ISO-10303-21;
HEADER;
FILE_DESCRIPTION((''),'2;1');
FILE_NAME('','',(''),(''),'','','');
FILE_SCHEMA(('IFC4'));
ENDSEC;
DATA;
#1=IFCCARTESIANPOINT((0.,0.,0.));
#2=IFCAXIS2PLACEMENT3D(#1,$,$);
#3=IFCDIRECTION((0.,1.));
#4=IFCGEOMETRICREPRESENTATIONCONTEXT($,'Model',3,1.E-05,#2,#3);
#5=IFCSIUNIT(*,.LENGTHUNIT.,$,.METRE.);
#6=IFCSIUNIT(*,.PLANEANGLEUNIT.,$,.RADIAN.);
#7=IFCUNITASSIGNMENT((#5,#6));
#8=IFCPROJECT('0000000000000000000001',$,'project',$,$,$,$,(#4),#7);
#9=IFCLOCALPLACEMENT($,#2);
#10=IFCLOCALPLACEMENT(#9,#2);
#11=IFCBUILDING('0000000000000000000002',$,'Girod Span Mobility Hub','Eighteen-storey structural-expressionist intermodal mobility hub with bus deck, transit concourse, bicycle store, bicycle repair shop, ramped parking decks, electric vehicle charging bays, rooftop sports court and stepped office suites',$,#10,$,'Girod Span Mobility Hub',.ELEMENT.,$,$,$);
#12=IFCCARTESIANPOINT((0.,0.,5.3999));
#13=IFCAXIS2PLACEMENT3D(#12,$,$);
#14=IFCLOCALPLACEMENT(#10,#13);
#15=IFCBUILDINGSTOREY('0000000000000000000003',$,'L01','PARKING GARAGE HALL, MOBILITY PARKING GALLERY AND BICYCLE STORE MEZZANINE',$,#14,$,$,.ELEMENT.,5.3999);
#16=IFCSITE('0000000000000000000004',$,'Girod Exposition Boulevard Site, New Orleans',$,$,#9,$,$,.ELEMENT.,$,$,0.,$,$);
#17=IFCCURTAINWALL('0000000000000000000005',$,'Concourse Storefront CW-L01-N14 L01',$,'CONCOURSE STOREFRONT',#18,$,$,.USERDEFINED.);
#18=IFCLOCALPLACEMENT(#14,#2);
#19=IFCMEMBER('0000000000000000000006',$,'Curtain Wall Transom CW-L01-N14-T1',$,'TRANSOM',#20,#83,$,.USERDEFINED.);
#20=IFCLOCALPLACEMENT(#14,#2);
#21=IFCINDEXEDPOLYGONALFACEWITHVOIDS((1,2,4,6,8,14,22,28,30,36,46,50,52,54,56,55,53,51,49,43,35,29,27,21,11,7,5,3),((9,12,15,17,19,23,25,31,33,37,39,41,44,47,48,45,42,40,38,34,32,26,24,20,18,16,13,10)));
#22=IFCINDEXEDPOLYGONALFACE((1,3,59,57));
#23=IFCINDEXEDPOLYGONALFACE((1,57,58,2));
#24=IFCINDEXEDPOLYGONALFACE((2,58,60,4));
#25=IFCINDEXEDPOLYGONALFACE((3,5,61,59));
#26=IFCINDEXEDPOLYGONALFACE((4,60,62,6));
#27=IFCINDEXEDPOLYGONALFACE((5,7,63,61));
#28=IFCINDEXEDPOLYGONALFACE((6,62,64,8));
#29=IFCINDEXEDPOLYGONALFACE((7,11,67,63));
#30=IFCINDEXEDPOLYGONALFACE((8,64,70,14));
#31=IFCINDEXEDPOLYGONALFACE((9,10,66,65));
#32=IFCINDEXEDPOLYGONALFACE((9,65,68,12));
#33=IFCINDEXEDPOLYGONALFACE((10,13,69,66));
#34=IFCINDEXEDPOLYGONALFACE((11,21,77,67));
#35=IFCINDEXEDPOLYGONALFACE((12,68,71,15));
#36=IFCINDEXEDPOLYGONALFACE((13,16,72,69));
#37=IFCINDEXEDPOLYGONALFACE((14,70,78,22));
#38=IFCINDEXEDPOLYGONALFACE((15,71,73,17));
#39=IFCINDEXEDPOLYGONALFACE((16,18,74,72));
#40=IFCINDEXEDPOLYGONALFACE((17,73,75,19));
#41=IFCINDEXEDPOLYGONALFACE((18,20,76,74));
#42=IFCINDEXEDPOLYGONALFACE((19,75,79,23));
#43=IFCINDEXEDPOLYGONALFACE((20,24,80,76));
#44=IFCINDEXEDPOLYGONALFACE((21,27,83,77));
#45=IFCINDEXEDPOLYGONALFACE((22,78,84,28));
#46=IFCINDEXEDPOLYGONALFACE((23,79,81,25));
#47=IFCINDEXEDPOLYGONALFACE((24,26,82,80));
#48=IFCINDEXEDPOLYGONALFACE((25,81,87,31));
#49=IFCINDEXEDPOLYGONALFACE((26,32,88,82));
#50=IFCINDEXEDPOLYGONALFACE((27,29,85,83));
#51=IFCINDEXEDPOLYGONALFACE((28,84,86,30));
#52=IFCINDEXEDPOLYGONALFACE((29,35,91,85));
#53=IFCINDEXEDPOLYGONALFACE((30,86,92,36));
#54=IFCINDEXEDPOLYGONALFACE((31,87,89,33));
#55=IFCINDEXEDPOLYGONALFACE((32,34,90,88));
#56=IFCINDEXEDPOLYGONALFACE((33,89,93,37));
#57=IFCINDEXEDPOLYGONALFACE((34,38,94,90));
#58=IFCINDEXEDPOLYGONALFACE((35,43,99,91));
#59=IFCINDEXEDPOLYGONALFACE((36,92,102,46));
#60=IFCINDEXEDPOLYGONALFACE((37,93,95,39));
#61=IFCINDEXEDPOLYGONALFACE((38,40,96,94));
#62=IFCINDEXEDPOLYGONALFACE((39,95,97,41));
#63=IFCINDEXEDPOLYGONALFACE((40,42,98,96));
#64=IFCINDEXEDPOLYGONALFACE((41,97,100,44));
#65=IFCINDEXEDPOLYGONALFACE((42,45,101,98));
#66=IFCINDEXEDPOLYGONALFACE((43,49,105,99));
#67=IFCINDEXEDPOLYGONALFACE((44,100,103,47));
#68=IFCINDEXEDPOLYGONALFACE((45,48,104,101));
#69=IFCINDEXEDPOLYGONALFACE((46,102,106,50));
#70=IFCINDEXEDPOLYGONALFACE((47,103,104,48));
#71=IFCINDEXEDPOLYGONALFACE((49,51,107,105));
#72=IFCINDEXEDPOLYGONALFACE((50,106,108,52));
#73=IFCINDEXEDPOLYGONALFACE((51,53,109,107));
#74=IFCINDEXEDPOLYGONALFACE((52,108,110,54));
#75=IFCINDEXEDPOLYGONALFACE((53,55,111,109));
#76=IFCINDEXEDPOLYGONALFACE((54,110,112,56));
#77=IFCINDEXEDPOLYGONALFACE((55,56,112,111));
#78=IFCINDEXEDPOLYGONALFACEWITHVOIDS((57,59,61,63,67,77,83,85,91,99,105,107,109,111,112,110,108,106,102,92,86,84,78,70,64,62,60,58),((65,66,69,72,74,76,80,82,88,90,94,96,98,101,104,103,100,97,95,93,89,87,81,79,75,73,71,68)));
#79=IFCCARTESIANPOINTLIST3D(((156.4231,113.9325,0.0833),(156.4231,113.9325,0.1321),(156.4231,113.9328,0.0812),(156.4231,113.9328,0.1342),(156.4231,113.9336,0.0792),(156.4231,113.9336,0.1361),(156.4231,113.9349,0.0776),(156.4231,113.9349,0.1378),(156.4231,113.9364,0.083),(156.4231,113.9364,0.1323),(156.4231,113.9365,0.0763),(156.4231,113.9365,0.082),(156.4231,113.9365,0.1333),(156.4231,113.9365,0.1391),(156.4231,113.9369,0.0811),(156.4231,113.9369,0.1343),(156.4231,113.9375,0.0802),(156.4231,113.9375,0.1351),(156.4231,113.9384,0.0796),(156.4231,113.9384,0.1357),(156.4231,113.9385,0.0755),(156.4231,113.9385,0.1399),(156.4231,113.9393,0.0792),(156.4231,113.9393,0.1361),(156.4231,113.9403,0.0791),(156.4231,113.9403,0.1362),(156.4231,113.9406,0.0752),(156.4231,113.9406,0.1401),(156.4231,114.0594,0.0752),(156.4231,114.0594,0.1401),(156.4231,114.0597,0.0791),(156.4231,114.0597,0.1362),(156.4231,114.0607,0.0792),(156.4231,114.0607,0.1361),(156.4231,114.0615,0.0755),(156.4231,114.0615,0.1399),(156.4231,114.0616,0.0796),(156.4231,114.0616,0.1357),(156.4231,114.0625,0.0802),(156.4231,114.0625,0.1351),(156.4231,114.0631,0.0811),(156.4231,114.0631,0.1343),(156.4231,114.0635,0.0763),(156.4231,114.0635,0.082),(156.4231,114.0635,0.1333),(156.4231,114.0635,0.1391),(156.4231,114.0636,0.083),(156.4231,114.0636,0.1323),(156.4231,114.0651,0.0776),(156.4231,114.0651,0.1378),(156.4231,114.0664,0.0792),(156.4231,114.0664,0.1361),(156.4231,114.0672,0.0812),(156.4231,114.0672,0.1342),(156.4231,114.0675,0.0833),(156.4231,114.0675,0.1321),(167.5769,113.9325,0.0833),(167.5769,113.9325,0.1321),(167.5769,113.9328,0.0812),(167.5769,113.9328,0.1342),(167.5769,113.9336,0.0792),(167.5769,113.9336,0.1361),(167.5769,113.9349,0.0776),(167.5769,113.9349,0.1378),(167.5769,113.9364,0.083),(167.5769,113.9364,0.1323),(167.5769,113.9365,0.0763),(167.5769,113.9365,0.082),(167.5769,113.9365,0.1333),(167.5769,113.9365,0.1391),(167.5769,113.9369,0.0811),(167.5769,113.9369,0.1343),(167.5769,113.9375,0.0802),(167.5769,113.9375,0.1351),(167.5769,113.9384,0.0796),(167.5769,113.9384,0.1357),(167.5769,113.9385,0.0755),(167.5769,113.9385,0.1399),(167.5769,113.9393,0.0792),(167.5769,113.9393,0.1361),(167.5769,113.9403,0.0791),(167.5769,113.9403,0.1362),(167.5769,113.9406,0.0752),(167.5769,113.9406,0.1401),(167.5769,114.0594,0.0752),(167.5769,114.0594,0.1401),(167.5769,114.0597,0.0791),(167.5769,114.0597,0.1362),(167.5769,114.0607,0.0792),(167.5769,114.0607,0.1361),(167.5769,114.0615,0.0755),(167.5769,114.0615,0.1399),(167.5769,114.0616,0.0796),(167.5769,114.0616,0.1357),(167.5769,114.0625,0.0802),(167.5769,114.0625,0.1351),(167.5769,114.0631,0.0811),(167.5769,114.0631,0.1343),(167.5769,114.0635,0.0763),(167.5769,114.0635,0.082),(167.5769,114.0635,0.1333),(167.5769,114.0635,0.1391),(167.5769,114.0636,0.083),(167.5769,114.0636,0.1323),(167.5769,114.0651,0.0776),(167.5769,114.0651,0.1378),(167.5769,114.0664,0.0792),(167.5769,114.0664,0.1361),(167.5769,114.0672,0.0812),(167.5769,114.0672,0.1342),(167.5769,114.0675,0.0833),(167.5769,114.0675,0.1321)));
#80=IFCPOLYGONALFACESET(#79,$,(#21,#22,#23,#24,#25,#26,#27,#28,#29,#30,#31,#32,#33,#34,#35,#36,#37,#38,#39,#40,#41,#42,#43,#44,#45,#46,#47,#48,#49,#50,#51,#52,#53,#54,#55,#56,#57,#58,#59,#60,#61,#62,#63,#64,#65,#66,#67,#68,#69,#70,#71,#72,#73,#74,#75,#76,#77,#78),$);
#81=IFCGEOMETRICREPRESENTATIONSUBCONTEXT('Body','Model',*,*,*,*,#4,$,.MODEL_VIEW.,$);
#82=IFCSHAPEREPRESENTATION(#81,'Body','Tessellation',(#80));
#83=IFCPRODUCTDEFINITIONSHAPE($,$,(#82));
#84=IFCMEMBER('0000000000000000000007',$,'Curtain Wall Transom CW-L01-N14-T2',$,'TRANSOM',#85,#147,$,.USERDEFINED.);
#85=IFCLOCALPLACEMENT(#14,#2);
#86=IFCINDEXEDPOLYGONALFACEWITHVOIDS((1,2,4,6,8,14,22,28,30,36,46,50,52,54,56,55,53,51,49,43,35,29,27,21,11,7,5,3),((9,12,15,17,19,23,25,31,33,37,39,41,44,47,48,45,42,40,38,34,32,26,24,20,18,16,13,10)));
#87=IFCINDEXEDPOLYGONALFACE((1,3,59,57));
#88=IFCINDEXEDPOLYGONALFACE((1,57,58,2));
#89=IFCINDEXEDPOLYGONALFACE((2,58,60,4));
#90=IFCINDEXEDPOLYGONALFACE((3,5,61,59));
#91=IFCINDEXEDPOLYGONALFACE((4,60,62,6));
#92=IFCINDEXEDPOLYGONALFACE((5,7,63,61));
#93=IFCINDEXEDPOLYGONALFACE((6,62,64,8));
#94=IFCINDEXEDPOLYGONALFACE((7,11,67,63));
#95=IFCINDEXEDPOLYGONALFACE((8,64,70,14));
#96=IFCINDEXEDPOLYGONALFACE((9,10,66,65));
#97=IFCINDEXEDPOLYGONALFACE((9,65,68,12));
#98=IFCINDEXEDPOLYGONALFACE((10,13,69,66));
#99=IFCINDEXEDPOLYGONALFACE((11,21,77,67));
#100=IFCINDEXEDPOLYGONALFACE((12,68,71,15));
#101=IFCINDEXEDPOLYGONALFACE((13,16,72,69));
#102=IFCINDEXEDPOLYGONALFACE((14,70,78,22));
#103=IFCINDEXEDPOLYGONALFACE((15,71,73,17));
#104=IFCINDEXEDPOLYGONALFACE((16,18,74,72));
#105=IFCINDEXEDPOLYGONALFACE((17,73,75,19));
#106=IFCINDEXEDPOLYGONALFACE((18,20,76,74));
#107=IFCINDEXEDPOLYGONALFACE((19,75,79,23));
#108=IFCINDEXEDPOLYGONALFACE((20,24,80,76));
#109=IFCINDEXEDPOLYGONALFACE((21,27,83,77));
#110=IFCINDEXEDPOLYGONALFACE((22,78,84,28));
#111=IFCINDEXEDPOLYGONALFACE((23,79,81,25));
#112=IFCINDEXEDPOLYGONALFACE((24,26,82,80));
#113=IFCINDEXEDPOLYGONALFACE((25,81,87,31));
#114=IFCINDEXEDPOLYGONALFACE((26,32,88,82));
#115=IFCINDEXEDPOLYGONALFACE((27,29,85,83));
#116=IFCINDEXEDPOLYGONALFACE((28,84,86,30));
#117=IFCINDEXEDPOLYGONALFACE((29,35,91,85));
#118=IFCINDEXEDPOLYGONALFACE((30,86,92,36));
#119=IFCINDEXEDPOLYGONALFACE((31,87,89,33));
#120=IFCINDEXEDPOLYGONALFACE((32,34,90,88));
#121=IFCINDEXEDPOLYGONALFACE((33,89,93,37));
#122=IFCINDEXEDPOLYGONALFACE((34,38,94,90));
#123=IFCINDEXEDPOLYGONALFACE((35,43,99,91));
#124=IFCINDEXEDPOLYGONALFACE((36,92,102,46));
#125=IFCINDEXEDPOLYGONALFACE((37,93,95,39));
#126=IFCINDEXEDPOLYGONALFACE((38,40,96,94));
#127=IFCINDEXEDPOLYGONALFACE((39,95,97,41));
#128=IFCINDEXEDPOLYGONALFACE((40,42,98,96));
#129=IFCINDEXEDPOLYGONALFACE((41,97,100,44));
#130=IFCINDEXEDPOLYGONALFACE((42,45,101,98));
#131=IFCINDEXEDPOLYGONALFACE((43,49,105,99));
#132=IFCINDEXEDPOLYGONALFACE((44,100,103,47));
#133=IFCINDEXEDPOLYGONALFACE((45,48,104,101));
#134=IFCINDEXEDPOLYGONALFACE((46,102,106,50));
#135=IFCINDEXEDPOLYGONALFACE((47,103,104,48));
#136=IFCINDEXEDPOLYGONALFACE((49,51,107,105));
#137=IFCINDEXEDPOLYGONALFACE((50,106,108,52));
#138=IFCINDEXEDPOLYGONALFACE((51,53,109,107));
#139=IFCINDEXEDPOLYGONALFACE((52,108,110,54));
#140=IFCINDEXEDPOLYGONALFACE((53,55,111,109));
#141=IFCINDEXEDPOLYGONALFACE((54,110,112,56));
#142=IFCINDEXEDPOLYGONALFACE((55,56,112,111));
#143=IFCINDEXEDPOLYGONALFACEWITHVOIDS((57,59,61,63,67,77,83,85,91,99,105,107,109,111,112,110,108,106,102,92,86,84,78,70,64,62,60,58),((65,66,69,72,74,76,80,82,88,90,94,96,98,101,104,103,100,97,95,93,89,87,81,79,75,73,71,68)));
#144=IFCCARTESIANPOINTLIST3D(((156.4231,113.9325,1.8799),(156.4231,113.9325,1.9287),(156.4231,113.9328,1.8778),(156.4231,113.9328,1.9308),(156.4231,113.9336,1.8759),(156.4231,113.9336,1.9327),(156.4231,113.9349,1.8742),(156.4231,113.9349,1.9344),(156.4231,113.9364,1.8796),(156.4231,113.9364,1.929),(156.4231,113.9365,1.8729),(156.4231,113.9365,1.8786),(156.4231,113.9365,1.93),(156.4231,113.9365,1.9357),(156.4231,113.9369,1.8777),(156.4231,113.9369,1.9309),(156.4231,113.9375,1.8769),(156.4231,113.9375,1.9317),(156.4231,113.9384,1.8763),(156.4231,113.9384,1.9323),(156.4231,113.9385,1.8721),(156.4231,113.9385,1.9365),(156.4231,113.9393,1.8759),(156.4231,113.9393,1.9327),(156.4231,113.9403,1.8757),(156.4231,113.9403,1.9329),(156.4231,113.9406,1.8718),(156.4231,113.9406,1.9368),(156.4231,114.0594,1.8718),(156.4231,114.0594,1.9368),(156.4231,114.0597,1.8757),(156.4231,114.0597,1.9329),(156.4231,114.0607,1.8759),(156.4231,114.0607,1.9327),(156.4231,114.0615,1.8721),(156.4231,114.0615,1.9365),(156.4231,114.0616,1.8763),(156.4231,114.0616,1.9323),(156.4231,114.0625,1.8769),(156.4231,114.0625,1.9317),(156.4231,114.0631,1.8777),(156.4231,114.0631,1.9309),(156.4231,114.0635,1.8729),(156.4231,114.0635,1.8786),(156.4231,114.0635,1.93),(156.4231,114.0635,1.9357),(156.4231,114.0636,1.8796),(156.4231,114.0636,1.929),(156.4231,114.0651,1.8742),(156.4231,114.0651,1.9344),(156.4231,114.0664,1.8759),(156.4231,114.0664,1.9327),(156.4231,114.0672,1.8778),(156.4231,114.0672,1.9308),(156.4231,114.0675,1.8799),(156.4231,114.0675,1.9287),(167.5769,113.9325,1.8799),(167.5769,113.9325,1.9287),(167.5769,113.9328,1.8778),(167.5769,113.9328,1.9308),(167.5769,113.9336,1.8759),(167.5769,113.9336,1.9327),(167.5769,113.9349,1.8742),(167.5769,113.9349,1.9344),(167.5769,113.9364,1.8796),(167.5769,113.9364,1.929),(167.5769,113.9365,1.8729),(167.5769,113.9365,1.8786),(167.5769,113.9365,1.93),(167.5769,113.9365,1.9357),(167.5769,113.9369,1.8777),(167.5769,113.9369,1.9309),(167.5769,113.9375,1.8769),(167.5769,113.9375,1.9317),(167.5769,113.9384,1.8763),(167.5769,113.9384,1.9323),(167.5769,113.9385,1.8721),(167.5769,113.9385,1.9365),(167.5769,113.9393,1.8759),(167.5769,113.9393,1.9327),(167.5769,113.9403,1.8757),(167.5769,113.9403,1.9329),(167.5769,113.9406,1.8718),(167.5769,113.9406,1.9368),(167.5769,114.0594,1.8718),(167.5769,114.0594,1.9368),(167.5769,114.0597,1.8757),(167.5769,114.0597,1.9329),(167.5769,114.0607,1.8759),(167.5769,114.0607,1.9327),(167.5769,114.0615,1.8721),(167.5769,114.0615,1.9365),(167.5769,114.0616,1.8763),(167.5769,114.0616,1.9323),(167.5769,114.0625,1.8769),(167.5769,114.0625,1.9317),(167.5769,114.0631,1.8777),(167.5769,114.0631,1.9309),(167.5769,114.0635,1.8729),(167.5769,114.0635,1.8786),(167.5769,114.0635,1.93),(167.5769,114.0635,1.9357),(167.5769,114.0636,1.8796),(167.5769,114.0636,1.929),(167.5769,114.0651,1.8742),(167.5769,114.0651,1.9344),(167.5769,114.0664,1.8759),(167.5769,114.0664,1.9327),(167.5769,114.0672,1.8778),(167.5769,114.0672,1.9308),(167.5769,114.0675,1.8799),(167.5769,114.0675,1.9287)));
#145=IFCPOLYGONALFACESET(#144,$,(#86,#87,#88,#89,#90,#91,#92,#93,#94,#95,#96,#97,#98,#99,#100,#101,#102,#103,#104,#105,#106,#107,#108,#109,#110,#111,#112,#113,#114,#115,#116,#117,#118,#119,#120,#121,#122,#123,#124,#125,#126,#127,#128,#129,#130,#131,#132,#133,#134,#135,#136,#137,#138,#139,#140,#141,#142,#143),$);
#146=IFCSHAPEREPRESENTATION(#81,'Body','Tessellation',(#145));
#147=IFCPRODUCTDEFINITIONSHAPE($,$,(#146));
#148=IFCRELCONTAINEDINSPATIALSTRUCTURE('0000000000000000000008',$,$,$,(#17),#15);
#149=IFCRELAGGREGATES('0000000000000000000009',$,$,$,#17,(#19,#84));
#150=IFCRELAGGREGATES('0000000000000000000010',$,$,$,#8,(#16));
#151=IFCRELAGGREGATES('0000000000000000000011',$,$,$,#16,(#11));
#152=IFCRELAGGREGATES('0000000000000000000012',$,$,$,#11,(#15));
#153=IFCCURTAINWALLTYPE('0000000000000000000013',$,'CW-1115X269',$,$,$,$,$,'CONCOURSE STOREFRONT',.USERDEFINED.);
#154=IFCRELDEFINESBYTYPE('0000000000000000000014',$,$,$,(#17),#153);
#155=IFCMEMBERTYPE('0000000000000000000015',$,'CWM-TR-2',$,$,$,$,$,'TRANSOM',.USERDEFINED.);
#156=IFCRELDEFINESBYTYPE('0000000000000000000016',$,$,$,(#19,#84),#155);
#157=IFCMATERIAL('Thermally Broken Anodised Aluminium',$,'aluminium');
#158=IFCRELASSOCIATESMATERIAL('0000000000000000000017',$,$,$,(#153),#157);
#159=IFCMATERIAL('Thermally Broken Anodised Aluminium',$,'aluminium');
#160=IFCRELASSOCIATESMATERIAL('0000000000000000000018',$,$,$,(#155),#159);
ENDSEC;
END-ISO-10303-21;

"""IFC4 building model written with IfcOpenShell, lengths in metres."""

from ifc_helpers import new_model, si_unit, direction, frame, origin, origin_2d, place, context, subcontext, project, spatial, hollow_rectangle, extrude, material, material_profile, profile_set, type_object, element, aggregate, save


model = new_model("IFC4")

# Units and contexts
model_context = context("Model", 3, precision=1e-05, world=origin(), true_north=direction((0.0, 1.0)))
body_context = subcontext(model_context, "Body", "Model", "MODEL_VIEW")
ifc_project = project(units=[si_unit("LENGTHUNIT", "METRE"), si_unit("PLANEANGLEUNIT", "RADIAN")], contexts=[model_context])

# Site, building, storey
site_placement = place(None, origin())
site = spatial("IfcSite", under=ifc_project, at=site_placement, Name="Girod Exposition Boulevard Site, New Orleans", CompositionType="ELEMENT", RefElevation=0.0)
building_placement = place(site_placement, origin())
building = spatial("IfcBuilding", under=site, at=building_placement, Name="Girod Span Mobility Hub", Description="Eighteen-storey structural-expressionist intermodal mobility hub with bus deck, transit concourse, bicycle store, bicycle repair shop, ramped parking decks, electric vehicle charging bays, rooftop sports court and stepped office suites", LongName="Girod Span Mobility Hub", CompositionType="ELEMENT")
storey_placement = place(building_placement, frame((0.0, 0.0, 5.3999)))
storey = spatial("IfcBuildingStorey", under=building, at=storey_placement, Name="L01", Description="PARKING GARAGE HALL, MOBILITY PARKING GALLERY AND BICYCLE STORE MEZZANINE", CompositionType="ELEMENT", Elevation=5.3999)

# Curtain wall, members
ifc_material_1 = material(Name="Thermally Broken Anodised Aluminium", Category="aluminium")
curtain_wall_type = type_object("IfcCurtainWallType", Name="CW-1115X269", ElementType="CONCOURSE STOREFRONT", PredefinedType="USERDEFINED", material=ifc_material_1)
curtain_wall_placement = place(storey_placement, origin())
curtain_wall = element("IfcCurtainWall", 1, at=curtain_wall_placement, inside=storey, type_object=curtain_wall_type, Name="Concourse Storefront CW-L01-N14 L01", ObjectType="CONCOURSE STOREFRONT", PredefinedType="USERDEFINED")
ifc_material_2 = material(Name="Thermally Broken Anodised Aluminium", Category="aluminium")
ifc_material_profile_1 = material_profile(ifc_material_2, hollow_rectangle(XDim=0.135, YDim=0.0649, WallThickness=0.0039, InnerFilletRadius=0.0039, OuterFilletRadius=0.0081, at=origin_2d()), Name="CW-TR-65X135")
ifc_profile_set_1 = profile_set([ifc_material_profile_1], Name="Thermally Broken Anodised Aluminium")
member_type_1 = type_object("IfcMemberType", Name="CWM-TR-2", ElementType="TRANSOM", PredefinedType="USERDEFINED", material=ifc_profile_set_1)
member_1_placement = place(storey_placement, frame((156.4231, 114.0, 0.1077), z_axis=(1.0, 0.0, 0.0), x_axis=(0.0, 1.0, 0.0)))
member_1 = element("IfcMember", 2, at=member_1_placement, type_object=member_type_1, Name="Curtain Wall Transom CW-L01-N14-T1", ObjectType="TRANSOM", PredefinedType="USERDEFINED", context=body_context, shape_type="SweptSolid", body=[
    extrude(hollow_rectangle(XDim=0.135, YDim=0.0649, WallThickness=0.0039, InnerFilletRadius=0.0039, OuterFilletRadius=0.0081, at=origin_2d()), origin(), (0.0, 0.0, 1.0), 11.1538),
])
member_2_placement = place(storey_placement, frame((156.4231, 114.0, 1.9043), z_axis=(1.0, 0.0, 0.0), x_axis=(0.0, 1.0, 0.0)))
member_2 = element("IfcMember", 3, at=member_2_placement, type_object=member_type_1, Name="Curtain Wall Transom CW-L01-N14-T2", ObjectType="TRANSOM", PredefinedType="USERDEFINED", context=body_context, shape_type="SweptSolid", body=[
    extrude(hollow_rectangle(XDim=0.135, YDim=0.0649, WallThickness=0.0039, InnerFilletRadius=0.0039, OuterFilletRadius=0.0081, at=origin_2d()), origin(), (0.0, 0.0, 1.0), 11.1538),
])
aggregate(curtain_wall, [member_1, member_2])

save(model, "model.ifc")
